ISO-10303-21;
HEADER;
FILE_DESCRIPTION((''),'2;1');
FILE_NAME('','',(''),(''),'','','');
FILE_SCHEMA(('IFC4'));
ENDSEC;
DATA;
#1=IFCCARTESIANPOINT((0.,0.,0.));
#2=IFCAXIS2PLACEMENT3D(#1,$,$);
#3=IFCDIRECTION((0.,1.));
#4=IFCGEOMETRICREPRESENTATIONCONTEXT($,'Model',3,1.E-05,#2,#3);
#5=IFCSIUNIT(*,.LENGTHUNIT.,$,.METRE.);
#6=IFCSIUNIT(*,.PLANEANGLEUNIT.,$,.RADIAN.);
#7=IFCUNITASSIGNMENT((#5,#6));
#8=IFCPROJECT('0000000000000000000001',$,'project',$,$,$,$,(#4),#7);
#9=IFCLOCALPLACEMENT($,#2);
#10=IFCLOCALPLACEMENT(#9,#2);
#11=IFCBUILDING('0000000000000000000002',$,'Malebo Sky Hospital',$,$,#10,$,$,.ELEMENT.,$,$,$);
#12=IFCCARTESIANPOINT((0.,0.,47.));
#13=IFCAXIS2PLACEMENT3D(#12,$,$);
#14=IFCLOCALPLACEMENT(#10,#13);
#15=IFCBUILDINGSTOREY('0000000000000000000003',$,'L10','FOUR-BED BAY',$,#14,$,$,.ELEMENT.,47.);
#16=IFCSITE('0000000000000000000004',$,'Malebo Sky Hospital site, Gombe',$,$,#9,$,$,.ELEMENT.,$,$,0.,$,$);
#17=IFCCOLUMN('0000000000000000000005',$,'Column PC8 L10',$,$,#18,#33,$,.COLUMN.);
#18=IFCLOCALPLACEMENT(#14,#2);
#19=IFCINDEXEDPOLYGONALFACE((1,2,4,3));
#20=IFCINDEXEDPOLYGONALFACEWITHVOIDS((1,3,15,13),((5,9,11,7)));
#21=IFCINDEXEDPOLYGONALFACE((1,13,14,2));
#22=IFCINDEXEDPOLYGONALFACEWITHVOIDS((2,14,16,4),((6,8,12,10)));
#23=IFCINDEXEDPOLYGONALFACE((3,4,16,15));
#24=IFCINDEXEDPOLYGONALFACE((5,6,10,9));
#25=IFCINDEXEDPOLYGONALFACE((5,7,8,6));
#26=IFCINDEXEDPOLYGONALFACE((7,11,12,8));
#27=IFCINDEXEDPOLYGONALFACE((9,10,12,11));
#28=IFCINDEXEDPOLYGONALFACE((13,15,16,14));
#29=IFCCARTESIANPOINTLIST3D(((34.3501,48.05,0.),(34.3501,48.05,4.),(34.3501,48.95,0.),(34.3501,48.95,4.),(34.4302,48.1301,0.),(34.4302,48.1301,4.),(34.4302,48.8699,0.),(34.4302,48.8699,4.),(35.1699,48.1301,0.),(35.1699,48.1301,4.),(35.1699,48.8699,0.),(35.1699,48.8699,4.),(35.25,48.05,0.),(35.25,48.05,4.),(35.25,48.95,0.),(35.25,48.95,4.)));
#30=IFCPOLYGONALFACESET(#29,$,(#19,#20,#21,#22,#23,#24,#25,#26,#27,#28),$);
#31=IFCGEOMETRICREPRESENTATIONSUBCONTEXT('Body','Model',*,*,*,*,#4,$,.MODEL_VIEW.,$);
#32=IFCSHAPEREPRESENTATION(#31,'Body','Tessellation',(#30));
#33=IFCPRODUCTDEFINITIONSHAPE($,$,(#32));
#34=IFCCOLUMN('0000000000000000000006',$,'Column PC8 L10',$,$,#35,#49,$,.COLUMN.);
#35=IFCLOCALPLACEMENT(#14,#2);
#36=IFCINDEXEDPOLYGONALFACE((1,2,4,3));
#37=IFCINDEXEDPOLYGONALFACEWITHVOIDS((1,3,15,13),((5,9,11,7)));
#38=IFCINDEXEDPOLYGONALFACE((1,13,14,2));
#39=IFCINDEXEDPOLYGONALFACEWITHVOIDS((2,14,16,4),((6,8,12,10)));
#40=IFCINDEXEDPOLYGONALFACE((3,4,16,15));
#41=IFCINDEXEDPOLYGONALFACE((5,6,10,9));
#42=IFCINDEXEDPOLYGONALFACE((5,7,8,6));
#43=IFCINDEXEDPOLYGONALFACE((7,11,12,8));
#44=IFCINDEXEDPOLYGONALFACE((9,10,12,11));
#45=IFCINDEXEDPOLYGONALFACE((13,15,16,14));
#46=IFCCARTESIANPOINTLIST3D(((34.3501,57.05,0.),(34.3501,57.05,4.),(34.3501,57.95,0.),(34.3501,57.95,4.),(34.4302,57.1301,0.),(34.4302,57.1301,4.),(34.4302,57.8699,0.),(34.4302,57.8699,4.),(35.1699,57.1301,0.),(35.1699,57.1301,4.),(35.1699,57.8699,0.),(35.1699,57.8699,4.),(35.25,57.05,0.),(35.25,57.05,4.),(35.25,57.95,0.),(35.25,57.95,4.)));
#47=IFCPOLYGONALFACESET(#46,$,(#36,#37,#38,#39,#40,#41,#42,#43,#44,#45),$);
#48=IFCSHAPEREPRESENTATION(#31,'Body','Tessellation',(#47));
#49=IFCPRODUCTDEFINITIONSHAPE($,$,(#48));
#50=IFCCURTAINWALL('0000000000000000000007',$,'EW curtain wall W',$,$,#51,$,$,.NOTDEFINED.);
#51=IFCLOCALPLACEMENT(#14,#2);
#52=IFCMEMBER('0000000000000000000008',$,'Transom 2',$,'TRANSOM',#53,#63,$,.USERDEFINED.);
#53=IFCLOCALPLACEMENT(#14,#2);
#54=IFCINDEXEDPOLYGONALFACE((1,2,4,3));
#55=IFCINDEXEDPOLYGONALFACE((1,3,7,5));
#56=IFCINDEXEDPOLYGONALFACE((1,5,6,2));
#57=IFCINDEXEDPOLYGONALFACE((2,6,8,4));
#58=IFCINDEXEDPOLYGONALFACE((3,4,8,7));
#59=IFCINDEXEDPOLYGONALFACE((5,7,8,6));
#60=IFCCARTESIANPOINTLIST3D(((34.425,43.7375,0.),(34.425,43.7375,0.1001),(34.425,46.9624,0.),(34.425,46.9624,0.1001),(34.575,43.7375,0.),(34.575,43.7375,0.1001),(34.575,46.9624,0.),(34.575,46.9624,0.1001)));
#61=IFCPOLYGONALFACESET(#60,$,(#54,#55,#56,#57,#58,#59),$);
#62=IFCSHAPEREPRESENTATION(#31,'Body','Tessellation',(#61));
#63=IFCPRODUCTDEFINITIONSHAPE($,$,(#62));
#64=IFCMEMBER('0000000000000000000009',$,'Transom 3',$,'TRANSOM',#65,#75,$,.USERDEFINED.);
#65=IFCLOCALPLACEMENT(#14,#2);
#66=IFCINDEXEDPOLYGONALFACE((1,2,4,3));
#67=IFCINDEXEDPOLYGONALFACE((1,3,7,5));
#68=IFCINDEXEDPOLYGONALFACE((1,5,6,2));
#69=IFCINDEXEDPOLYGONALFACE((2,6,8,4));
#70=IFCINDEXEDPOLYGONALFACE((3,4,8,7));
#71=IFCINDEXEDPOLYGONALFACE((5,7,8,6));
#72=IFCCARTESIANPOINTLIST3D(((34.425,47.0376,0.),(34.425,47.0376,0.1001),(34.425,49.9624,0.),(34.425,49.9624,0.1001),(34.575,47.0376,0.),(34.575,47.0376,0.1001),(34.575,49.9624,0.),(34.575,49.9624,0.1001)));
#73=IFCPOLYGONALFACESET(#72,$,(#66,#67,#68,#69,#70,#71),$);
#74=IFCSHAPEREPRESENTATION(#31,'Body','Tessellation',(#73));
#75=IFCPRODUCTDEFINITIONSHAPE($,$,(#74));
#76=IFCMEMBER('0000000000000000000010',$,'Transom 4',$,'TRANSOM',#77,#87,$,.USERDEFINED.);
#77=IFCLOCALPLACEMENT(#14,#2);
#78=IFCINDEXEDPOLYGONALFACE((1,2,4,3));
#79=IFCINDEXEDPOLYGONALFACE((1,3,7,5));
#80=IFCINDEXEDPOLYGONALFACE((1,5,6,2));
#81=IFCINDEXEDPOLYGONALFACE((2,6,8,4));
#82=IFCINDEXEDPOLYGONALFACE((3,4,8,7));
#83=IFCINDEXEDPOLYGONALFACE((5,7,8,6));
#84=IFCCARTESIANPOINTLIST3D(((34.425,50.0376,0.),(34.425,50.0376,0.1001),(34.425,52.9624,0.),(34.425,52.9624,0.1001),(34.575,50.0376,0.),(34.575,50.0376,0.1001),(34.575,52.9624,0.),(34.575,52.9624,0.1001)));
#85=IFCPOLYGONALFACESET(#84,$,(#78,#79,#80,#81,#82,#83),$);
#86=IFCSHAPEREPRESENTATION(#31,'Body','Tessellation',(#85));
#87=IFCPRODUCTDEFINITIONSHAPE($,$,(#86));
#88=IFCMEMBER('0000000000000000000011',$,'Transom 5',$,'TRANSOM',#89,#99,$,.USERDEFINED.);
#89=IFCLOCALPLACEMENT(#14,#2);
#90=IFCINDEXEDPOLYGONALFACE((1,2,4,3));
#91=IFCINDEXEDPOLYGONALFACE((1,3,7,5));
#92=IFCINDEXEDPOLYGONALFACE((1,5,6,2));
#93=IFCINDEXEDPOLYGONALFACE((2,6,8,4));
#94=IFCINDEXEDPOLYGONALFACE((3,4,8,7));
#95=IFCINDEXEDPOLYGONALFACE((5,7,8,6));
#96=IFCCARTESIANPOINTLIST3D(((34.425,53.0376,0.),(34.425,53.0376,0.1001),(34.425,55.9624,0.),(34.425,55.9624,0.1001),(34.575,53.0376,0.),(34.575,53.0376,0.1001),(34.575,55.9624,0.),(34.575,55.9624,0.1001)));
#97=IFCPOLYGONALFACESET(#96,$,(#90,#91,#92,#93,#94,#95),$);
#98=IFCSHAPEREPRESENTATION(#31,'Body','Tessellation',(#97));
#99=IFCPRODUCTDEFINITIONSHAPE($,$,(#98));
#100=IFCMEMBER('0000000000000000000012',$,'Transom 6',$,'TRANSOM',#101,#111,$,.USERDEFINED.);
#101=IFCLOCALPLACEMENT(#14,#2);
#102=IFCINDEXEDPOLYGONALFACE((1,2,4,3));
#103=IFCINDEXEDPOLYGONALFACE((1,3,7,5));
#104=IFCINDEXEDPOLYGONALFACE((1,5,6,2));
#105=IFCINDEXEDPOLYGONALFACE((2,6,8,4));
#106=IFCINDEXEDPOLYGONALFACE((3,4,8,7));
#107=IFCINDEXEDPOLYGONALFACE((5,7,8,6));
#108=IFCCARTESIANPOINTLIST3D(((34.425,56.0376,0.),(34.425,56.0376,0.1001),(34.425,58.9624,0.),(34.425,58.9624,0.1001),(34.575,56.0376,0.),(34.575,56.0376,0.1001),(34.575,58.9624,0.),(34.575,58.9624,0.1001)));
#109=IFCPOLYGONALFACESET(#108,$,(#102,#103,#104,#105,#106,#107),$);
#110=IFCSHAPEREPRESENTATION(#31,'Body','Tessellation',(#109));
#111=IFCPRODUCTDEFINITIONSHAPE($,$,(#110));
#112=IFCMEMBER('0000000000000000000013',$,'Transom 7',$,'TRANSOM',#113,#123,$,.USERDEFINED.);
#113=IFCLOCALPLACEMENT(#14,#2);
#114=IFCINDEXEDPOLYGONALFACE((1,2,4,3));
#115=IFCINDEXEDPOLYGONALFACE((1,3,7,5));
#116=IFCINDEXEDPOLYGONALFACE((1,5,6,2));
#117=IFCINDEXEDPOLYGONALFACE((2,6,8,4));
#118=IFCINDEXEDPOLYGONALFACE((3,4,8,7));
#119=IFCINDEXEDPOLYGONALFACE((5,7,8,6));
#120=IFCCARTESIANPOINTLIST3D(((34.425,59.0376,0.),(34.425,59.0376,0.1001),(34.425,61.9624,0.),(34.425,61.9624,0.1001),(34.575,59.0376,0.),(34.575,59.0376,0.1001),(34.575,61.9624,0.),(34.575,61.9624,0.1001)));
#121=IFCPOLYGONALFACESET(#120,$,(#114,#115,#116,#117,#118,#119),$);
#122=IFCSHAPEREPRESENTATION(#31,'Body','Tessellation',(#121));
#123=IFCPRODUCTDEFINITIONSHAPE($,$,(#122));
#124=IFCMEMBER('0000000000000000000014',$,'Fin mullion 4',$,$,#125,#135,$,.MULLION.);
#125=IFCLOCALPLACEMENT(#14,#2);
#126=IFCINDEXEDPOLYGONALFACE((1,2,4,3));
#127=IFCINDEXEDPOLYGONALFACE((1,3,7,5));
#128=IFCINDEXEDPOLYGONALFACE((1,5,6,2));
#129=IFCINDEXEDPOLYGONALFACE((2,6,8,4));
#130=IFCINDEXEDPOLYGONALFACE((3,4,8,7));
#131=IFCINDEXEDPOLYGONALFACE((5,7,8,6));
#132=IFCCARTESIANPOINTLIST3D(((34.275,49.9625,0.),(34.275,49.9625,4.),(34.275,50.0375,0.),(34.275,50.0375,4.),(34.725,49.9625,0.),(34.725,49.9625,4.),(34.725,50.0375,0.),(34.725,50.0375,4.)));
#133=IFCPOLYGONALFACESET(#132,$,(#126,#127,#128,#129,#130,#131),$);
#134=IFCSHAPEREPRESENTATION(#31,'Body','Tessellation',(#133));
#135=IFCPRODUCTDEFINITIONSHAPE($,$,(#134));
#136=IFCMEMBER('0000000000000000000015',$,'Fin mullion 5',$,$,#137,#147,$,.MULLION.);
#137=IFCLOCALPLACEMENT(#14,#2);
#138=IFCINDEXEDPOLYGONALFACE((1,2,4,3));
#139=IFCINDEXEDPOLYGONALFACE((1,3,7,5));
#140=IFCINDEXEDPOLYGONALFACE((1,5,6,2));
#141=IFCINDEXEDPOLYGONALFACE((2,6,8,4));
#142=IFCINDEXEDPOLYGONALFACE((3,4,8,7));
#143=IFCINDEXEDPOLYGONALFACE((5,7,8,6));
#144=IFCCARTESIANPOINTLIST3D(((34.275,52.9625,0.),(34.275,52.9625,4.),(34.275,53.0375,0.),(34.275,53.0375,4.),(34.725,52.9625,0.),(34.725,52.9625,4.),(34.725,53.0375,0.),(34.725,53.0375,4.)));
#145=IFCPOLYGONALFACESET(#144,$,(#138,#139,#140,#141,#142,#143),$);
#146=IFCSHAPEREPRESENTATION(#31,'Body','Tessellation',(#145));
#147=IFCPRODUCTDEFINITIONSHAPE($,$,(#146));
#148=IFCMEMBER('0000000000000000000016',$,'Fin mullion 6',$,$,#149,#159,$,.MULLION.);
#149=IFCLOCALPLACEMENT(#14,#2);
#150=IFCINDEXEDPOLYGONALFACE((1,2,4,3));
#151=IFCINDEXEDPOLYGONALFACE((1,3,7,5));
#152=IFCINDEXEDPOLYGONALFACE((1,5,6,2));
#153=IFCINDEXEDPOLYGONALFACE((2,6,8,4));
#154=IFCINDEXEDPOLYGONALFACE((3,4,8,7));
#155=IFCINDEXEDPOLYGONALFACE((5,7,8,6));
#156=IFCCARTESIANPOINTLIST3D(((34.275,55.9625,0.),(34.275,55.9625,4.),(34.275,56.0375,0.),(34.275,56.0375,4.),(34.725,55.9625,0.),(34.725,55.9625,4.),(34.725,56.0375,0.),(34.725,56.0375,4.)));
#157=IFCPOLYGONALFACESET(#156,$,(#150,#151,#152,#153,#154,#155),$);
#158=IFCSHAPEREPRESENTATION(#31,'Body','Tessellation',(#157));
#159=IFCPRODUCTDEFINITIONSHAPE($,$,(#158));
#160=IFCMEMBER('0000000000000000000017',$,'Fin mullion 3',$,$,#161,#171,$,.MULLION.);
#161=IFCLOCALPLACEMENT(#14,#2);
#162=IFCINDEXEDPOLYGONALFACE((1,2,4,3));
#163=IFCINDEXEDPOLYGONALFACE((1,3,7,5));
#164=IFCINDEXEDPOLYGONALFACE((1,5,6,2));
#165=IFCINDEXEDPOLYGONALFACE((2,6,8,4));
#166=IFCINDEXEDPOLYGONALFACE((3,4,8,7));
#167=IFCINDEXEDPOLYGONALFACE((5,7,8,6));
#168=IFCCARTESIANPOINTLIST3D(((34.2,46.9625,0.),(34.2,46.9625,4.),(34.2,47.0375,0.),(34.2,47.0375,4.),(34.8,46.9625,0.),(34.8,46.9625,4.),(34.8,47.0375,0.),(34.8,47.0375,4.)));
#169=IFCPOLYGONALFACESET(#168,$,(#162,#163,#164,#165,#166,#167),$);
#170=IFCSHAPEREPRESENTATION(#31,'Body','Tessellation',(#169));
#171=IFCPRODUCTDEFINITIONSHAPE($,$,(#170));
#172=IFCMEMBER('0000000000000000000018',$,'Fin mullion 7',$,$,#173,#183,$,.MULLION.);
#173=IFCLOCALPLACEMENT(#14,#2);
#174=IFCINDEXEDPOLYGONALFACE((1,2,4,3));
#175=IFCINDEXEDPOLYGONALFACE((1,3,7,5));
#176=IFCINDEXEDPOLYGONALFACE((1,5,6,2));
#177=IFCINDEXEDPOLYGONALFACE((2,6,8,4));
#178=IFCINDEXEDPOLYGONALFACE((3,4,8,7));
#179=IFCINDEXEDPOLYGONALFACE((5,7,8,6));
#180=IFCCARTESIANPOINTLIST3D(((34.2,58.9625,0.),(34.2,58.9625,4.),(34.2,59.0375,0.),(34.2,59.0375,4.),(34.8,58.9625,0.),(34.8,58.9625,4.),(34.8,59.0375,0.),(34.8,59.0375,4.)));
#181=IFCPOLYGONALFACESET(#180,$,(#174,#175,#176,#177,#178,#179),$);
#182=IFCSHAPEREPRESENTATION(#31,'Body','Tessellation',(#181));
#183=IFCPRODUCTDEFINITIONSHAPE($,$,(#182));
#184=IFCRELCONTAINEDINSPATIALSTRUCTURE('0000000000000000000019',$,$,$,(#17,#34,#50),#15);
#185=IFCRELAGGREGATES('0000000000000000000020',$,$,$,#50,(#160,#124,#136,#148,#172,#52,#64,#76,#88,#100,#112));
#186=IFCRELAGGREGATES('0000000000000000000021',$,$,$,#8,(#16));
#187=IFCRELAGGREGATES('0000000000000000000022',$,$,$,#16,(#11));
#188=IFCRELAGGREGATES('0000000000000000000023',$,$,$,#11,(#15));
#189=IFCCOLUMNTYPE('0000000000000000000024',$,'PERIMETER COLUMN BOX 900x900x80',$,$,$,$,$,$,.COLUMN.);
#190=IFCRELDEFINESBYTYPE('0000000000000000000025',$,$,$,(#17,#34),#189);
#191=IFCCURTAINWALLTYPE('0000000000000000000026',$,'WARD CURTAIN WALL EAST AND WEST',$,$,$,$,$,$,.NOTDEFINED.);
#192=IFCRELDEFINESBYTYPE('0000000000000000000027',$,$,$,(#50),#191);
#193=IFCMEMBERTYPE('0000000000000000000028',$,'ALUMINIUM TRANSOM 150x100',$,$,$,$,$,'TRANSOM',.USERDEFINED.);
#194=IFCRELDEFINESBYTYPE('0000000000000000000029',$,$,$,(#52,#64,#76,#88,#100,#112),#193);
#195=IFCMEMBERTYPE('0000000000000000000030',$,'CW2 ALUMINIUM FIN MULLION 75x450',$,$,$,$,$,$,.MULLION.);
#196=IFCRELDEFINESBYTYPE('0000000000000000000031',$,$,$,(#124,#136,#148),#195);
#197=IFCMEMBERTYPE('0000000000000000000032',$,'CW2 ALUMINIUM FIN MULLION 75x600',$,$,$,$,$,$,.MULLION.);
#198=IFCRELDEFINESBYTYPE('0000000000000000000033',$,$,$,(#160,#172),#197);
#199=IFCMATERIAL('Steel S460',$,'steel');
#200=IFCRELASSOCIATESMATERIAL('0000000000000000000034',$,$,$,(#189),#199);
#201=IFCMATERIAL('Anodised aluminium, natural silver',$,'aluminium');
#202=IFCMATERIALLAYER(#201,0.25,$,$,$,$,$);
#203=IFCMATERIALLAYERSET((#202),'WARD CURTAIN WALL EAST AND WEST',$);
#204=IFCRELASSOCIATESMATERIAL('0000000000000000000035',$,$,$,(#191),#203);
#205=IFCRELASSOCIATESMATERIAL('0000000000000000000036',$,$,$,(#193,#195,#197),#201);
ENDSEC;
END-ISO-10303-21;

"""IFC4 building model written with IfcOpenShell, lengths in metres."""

from ifc_helpers import new_model, si_unit, direction, frame, origin, origin_2d, place, context, subcontext, project, spatial, rectangle, hollow_rectangle, extrude, material, layer, layer_set, material_profile, profile_set, type_object, element, aggregate, save


model = new_model("IFC4")

# Units and contexts
model_context = context("Model", 3, precision=1e-05, world=origin(), true_north=direction((0.0, 1.0)))
body_context = subcontext(model_context, "Body", "Model", "MODEL_VIEW")
ifc_project = project(units=[si_unit("LENGTHUNIT", "METRE"), si_unit("PLANEANGLEUNIT", "RADIAN")], contexts=[model_context])

# Site, building, storey
site_placement = place(None, origin())
site = spatial("IfcSite", under=ifc_project, at=site_placement, Name="Malebo Sky Hospital site, Gombe", CompositionType="ELEMENT", RefElevation=0.0)
building_placement = place(site_placement, origin())
building = spatial("IfcBuilding", under=site, at=building_placement, Name="Malebo Sky Hospital", CompositionType="ELEMENT")
storey_placement = place(building_placement, frame((0.0, 0.0, 47.0)))
storey = spatial("IfcBuildingStorey", under=building, at=storey_placement, Name="L10", Description="FOUR-BED BAY", CompositionType="ELEMENT", Elevation=47.0)

# Columns
ifc_material_1 = material(Name="Steel S460", Category="steel")
ifc_material_profile_1 = material_profile(ifc_material_1, hollow_rectangle(XDim=0.8999, YDim=0.8999, WallThickness=0.0801, at=origin_2d()), Name="BOX 900x900x80")
ifc_profile_set_1 = profile_set([ifc_material_profile_1], Name="Steel S460")
column_type = type_object("IfcColumnType", Name="PERIMETER COLUMN BOX 900x900x80", PredefinedType="COLUMN", material=ifc_profile_set_1)
for number, where, z_axis, x_axis, name in (
    (1, (34.8, 48.5, 0.0), (0.0, 0.0, 1.0), (1.0, 0.0, 0.0), "Column PC8 L10"),
    (2, (34.8, 57.5, 0.0), (0.0, 0.0, 1.0), (1.0, 0.0, 0.0), "Column PC8 L10"),
):
    element("IfcColumn", number, at=place(storey_placement, frame(where, z_axis=z_axis, x_axis=x_axis)), inside=storey, type_object=column_type, Name=name, PredefinedType="COLUMN", context=body_context, shape_type="SweptSolid", body=[
        extrude(hollow_rectangle(XDim=0.8999, YDim=0.8999, WallThickness=0.0801, at=origin_2d()), origin(), (0.0, 0.0, 1.0), 4.0),
    ])

# Curtain wall, members
ifc_material_2 = material(Name="Anodised aluminium, natural silver", Category="aluminium")
ifc_layer_1 = layer(ifc_material_2, 0.25)
ifc_layer_set_1 = layer_set([ifc_layer_1], Name="WARD CURTAIN WALL EAST AND WEST")
curtain_wall_type = type_object("IfcCurtainWallType", Name="WARD CURTAIN WALL EAST AND WEST", PredefinedType="NOTDEFINED", material=ifc_layer_set_1)
curtain_wall_placement = place(storey_placement, origin())
curtain_wall = element("IfcCurtainWall", 3, at=curtain_wall_placement, inside=storey, type_object=curtain_wall_type, Name="EW curtain wall W", PredefinedType="NOTDEFINED")
ifc_material_profile_2 = material_profile(ifc_material_2, rectangle(XDim=0.1499, YDim=0.1001, at=origin_2d()), Name="ALUMINIUM TRANSOM 150x100")
ifc_profile_set_2 = profile_set([ifc_material_profile_2], Name="Anodised aluminium, natural silver")
member_type_1 = type_object("IfcMemberType", Name="ALUMINIUM TRANSOM 150x100", ElementType="TRANSOM", PredefinedType="USERDEFINED", material=ifc_profile_set_2)
member_1_placement = place(storey_placement, frame((34.5, 43.7375, 0.05), z_axis=(0.0, 1.0, 0.0), x_axis=(-1.0, 0.0, 0.0)))
member_1 = element("IfcMember", 4, at=member_1_placement, type_object=member_type_1, Name="Transom 2", ObjectType="TRANSOM", PredefinedType="USERDEFINED", context=body_context, shape_type="SweptSolid", body=[
    extrude(rectangle(XDim=0.1499, YDim=0.1001, at=origin_2d()), origin(), (0.0, 0.0, 1.0), 3.2249),
])
member_2_placement = place(storey_placement, frame((34.5, 47.0376, 0.05), z_axis=(0.0, 1.0, 0.0), x_axis=(-1.0, 0.0, 0.0)))
member_2 = element("IfcMember", 5, at=member_2_placement, type_object=member_type_1, Name="Transom 3", ObjectType="TRANSOM", PredefinedType="USERDEFINED", context=body_context, shape_type="SweptSolid", body=[
    extrude(rectangle(XDim=0.1499, YDim=0.1001, at=origin_2d()), origin(), (0.0, 0.0, 1.0), 2.9248),
])
member_3_placement = place(storey_placement, frame((34.5, 50.0376, 0.05), z_axis=(0.0, 1.0, 0.0), x_axis=(-1.0, 0.0, 0.0)))
member_3 = element("IfcMember", 6, at=member_3_placement, type_object=member_type_1, Name="Transom 4", ObjectType="TRANSOM", PredefinedType="USERDEFINED", context=body_context, shape_type="SweptSolid", body=[
    extrude(rectangle(XDim=0.1499, YDim=0.1001, at=origin_2d()), origin(), (0.0, 0.0, 1.0), 2.9248),
])
member_4_placement = place(storey_placement, frame((34.5, 53.0376, 0.05), z_axis=(0.0, 1.0, 0.0), x_axis=(-1.0, 0.0, 0.0)))
member_4 = element("IfcMember", 7, at=member_4_placement, type_object=member_type_1, Name="Transom 5", ObjectType="TRANSOM", PredefinedType="USERDEFINED", context=body_context, shape_type="SweptSolid", body=[
    extrude(rectangle(XDim=0.1499, YDim=0.1001, at=origin_2d()), origin(), (0.0, 0.0, 1.0), 2.9248),
])
member_5_placement = place(storey_placement, frame((34.5, 56.0376, 0.05), z_axis=(0.0, 1.0, 0.0), x_axis=(-1.0, 0.0, 0.0)))
member_5 = element("IfcMember", 8, at=member_5_placement, type_object=member_type_1, Name="Transom 6", ObjectType="TRANSOM", PredefinedType="USERDEFINED", context=body_context, shape_type="SweptSolid", body=[
    extrude(rectangle(XDim=0.1499, YDim=0.1001, at=origin_2d()), origin(), (0.0, 0.0, 1.0), 2.9248),
])
member_6_placement = place(storey_placement, frame((34.5, 59.0376, 0.05), z_axis=(0.0, 1.0, 0.0), x_axis=(-1.0, 0.0, 0.0)))
member_6 = element("IfcMember", 9, at=member_6_placement, type_object=member_type_1, Name="Transom 7", ObjectType="TRANSOM", PredefinedType="USERDEFINED", context=body_context, shape_type="SweptSolid", body=[
    extrude(rectangle(XDim=0.1499, YDim=0.1001, at=origin_2d()), origin(), (0.0, 0.0, 1.0), 2.9248),
])
ifc_material_profile_3 = material_profile(ifc_material_2, rectangle(XDim=0.075, YDim=0.45, at=origin_2d()), Name="CW2 ALUMINIUM FIN MULLION 75x450")
ifc_profile_set_3 = profile_set([ifc_material_profile_3], Name="Anodised aluminium, natural silver")
member_type_2 = type_object("IfcMemberType", Name="CW2 ALUMINIUM FIN MULLION 75x450", PredefinedType="MULLION", material=ifc_profile_set_3)
member_7_placement = place(storey_placement, frame((34.5, 50.0, 0.0), z_axis=(0.0, 0.0, 1.0), x_axis=(0.0, 1.0, 0.0)))
member_7 = element("IfcMember", 10, at=member_7_placement, type_object=member_type_2, Name="Fin mullion 4", PredefinedType="MULLION", context=body_context, shape_type="SweptSolid", body=[
    extrude(rectangle(XDim=0.075, YDim=0.45, at=origin_2d()), origin(), (0.0, 0.0, 1.0), 4.0),
])
member_8_placement = place(storey_placement, frame((34.5, 53.0, 0.0), z_axis=(0.0, 0.0, 1.0), x_axis=(0.0, 1.0, 0.0)))
member_8 = element("IfcMember", 11, at=member_8_placement, type_object=member_type_2, Name="Fin mullion 5", PredefinedType="MULLION", context=body_context, shape_type="SweptSolid", body=[
    extrude(rectangle(XDim=0.075, YDim=0.45, at=origin_2d()), origin(), (0.0, 0.0, 1.0), 4.0),
])
member_9_placement = place(storey_placement, frame((34.5, 56.0, 0.0), z_axis=(0.0, 0.0, 1.0), x_axis=(0.0, 1.0, 0.0)))
member_9 = element("IfcMember", 12, at=member_9_placement, type_object=member_type_2, Name="Fin mullion 6", PredefinedType="MULLION", context=body_context, shape_type="SweptSolid", body=[
    extrude(rectangle(XDim=0.075, YDim=0.45, at=origin_2d()), origin(), (0.0, 0.0, 1.0), 4.0),
])
ifc_material_profile_4 = material_profile(ifc_material_2, rectangle(XDim=0.075, YDim=0.6001, at=origin_2d()), Name="CW2 ALUMINIUM FIN MULLION 75x600")
ifc_profile_set_4 = profile_set([ifc_material_profile_4], Name="Anodised aluminium, natural silver")
member_type_3 = type_object("IfcMemberType", Name="CW2 ALUMINIUM FIN MULLION 75x600", PredefinedType="MULLION", material=ifc_profile_set_4)
member_10_placement = place(storey_placement, frame((34.5, 47.0, 0.0), z_axis=(0.0, 0.0, 1.0), x_axis=(0.0, 1.0, 0.0)))
member_10 = element("IfcMember", 13, at=member_10_placement, type_object=member_type_3, Name="Fin mullion 3", PredefinedType="MULLION", context=body_context, shape_type="SweptSolid", body=[
    extrude(rectangle(XDim=0.075, YDim=0.6001, at=origin_2d()), origin(), (0.0, 0.0, 1.0), 4.0),
])
member_11_placement = place(storey_placement, frame((34.5, 59.0, 0.0), z_axis=(0.0, 0.0, 1.0), x_axis=(0.0, 1.0, 0.0)))
member_11 = element("IfcMember", 14, at=member_11_placement, type_object=member_type_3, Name="Fin mullion 7", PredefinedType="MULLION", context=body_context, shape_type="SweptSolid", body=[
    extrude(rectangle(XDim=0.075, YDim=0.6001, at=origin_2d()), origin(), (0.0, 0.0, 1.0), 4.0),
])

aggregate(curtain_wall, [member_10, member_7, member_8, member_9, member_11, member_1, member_2, member_3, member_4, member_5, member_6])

save(model, "model.ifc")
